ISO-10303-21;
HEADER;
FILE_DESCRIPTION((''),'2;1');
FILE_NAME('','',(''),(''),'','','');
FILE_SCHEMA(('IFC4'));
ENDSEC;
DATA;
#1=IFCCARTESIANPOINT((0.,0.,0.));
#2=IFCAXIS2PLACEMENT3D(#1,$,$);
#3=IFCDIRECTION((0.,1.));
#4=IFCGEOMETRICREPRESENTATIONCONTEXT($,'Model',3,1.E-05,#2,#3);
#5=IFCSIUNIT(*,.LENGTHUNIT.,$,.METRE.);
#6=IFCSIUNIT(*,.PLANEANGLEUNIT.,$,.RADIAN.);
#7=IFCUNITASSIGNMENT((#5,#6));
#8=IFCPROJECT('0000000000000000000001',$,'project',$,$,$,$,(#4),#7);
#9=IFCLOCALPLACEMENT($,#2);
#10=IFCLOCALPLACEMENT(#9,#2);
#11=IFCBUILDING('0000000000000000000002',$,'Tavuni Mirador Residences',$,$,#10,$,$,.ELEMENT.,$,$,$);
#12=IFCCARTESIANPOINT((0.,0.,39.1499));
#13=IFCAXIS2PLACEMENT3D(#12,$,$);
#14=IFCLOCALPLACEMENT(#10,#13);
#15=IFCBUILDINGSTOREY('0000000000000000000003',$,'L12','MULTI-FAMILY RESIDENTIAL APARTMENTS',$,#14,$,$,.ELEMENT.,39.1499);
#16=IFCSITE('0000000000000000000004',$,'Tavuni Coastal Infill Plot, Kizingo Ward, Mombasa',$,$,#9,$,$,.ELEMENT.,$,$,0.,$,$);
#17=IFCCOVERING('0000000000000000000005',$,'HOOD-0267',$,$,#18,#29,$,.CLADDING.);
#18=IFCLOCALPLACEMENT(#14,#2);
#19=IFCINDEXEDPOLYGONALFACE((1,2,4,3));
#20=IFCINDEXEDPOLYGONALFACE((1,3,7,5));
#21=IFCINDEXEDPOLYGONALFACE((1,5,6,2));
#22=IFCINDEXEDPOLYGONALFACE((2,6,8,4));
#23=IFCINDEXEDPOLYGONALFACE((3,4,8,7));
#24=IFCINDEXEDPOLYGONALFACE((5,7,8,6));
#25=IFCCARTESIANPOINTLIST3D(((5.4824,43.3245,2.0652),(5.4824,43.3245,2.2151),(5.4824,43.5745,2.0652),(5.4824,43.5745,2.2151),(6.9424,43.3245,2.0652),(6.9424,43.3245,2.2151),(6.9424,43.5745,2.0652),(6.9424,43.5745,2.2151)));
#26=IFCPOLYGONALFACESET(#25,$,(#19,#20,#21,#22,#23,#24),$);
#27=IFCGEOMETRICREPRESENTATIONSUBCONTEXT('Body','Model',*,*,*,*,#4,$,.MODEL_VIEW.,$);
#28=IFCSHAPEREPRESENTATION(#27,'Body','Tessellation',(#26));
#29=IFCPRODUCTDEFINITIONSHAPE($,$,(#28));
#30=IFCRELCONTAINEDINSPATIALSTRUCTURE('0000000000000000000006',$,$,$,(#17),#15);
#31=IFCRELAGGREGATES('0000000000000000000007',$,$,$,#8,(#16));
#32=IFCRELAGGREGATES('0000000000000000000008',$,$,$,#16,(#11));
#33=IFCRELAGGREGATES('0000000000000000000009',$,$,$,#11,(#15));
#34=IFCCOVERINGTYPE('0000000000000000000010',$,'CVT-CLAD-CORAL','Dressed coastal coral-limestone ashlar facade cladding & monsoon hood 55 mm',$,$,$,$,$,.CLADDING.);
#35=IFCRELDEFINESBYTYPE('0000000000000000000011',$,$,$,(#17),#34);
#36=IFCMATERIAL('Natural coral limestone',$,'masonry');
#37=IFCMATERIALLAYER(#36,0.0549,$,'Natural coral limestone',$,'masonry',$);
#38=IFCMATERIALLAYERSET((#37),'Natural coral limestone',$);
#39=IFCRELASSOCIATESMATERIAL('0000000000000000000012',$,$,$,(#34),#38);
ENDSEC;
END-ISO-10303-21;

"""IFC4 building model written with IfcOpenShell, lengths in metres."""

from ifc_helpers import new_model, si_unit, direction, frame, origin, origin_2d, place, context, subcontext, project, spatial, rectangle, extrude, material, layer, layer_set, type_object, element, save


model = new_model("IFC4")

# Units and contexts
model_context = context("Model", 3, precision=1e-05, world=origin(), true_north=direction((0.0, 1.0)))
body_context = subcontext(model_context, "Body", "Model", "MODEL_VIEW")
ifc_project = project(units=[si_unit("LENGTHUNIT", "METRE"), si_unit("PLANEANGLEUNIT", "RADIAN")], contexts=[model_context])

# Site, building, storey
site_placement = place(None, origin())
site = spatial("IfcSite", under=ifc_project, at=site_placement, Name="Tavuni Coastal Infill Plot, Kizingo Ward, Mombasa", CompositionType="ELEMENT", RefElevation=0.0)
building_placement = place(site_placement, origin())
building = spatial("IfcBuilding", under=site, at=building_placement, Name="Tavuni Mirador Residences", CompositionType="ELEMENT")
storey_placement = place(building_placement, frame((0.0, 0.0, 39.1499)))
storey = spatial("IfcBuildingStorey", under=building, at=storey_placement, Name="L12", Description="MULTI-FAMILY RESIDENTIAL APARTMENTS", CompositionType="ELEMENT", Elevation=39.1499)

# Covering
ifc_material_1 = material(Name="Natural coral limestone", Category="masonry")
ifc_layer_1 = layer(ifc_material_1, 0.0549, Name="Natural coral limestone", Category="masonry")
ifc_layer_set_1 = layer_set([ifc_layer_1], Name="Natural coral limestone")
covering_type = type_object("IfcCoveringType", Name="CVT-CLAD-CORAL", Description="Dressed coastal coral-limestone ashlar facade cladding & monsoon hood 55 mm", PredefinedType="CLADDING", material=ifc_layer_set_1)
covering_1_placement = place(storey_placement, frame((6.2124, 43.4495, 2.0652), z_axis=(0.0, 0.0, 1.0), x_axis=(-1.0, 0.0, 0.0)))
element("IfcCovering", 1, at=covering_1_placement, inside=storey, type_object=covering_type, Name="HOOD-0267", PredefinedType="CLADDING", context=body_context, shape_type="SweptSolid", body=[
    extrude(rectangle(XDim=1.46, YDim=0.25, at=origin_2d()), origin(), (0.0, 0.0, 1.0), 0.1499),
])

save(model, "model.ifc")
